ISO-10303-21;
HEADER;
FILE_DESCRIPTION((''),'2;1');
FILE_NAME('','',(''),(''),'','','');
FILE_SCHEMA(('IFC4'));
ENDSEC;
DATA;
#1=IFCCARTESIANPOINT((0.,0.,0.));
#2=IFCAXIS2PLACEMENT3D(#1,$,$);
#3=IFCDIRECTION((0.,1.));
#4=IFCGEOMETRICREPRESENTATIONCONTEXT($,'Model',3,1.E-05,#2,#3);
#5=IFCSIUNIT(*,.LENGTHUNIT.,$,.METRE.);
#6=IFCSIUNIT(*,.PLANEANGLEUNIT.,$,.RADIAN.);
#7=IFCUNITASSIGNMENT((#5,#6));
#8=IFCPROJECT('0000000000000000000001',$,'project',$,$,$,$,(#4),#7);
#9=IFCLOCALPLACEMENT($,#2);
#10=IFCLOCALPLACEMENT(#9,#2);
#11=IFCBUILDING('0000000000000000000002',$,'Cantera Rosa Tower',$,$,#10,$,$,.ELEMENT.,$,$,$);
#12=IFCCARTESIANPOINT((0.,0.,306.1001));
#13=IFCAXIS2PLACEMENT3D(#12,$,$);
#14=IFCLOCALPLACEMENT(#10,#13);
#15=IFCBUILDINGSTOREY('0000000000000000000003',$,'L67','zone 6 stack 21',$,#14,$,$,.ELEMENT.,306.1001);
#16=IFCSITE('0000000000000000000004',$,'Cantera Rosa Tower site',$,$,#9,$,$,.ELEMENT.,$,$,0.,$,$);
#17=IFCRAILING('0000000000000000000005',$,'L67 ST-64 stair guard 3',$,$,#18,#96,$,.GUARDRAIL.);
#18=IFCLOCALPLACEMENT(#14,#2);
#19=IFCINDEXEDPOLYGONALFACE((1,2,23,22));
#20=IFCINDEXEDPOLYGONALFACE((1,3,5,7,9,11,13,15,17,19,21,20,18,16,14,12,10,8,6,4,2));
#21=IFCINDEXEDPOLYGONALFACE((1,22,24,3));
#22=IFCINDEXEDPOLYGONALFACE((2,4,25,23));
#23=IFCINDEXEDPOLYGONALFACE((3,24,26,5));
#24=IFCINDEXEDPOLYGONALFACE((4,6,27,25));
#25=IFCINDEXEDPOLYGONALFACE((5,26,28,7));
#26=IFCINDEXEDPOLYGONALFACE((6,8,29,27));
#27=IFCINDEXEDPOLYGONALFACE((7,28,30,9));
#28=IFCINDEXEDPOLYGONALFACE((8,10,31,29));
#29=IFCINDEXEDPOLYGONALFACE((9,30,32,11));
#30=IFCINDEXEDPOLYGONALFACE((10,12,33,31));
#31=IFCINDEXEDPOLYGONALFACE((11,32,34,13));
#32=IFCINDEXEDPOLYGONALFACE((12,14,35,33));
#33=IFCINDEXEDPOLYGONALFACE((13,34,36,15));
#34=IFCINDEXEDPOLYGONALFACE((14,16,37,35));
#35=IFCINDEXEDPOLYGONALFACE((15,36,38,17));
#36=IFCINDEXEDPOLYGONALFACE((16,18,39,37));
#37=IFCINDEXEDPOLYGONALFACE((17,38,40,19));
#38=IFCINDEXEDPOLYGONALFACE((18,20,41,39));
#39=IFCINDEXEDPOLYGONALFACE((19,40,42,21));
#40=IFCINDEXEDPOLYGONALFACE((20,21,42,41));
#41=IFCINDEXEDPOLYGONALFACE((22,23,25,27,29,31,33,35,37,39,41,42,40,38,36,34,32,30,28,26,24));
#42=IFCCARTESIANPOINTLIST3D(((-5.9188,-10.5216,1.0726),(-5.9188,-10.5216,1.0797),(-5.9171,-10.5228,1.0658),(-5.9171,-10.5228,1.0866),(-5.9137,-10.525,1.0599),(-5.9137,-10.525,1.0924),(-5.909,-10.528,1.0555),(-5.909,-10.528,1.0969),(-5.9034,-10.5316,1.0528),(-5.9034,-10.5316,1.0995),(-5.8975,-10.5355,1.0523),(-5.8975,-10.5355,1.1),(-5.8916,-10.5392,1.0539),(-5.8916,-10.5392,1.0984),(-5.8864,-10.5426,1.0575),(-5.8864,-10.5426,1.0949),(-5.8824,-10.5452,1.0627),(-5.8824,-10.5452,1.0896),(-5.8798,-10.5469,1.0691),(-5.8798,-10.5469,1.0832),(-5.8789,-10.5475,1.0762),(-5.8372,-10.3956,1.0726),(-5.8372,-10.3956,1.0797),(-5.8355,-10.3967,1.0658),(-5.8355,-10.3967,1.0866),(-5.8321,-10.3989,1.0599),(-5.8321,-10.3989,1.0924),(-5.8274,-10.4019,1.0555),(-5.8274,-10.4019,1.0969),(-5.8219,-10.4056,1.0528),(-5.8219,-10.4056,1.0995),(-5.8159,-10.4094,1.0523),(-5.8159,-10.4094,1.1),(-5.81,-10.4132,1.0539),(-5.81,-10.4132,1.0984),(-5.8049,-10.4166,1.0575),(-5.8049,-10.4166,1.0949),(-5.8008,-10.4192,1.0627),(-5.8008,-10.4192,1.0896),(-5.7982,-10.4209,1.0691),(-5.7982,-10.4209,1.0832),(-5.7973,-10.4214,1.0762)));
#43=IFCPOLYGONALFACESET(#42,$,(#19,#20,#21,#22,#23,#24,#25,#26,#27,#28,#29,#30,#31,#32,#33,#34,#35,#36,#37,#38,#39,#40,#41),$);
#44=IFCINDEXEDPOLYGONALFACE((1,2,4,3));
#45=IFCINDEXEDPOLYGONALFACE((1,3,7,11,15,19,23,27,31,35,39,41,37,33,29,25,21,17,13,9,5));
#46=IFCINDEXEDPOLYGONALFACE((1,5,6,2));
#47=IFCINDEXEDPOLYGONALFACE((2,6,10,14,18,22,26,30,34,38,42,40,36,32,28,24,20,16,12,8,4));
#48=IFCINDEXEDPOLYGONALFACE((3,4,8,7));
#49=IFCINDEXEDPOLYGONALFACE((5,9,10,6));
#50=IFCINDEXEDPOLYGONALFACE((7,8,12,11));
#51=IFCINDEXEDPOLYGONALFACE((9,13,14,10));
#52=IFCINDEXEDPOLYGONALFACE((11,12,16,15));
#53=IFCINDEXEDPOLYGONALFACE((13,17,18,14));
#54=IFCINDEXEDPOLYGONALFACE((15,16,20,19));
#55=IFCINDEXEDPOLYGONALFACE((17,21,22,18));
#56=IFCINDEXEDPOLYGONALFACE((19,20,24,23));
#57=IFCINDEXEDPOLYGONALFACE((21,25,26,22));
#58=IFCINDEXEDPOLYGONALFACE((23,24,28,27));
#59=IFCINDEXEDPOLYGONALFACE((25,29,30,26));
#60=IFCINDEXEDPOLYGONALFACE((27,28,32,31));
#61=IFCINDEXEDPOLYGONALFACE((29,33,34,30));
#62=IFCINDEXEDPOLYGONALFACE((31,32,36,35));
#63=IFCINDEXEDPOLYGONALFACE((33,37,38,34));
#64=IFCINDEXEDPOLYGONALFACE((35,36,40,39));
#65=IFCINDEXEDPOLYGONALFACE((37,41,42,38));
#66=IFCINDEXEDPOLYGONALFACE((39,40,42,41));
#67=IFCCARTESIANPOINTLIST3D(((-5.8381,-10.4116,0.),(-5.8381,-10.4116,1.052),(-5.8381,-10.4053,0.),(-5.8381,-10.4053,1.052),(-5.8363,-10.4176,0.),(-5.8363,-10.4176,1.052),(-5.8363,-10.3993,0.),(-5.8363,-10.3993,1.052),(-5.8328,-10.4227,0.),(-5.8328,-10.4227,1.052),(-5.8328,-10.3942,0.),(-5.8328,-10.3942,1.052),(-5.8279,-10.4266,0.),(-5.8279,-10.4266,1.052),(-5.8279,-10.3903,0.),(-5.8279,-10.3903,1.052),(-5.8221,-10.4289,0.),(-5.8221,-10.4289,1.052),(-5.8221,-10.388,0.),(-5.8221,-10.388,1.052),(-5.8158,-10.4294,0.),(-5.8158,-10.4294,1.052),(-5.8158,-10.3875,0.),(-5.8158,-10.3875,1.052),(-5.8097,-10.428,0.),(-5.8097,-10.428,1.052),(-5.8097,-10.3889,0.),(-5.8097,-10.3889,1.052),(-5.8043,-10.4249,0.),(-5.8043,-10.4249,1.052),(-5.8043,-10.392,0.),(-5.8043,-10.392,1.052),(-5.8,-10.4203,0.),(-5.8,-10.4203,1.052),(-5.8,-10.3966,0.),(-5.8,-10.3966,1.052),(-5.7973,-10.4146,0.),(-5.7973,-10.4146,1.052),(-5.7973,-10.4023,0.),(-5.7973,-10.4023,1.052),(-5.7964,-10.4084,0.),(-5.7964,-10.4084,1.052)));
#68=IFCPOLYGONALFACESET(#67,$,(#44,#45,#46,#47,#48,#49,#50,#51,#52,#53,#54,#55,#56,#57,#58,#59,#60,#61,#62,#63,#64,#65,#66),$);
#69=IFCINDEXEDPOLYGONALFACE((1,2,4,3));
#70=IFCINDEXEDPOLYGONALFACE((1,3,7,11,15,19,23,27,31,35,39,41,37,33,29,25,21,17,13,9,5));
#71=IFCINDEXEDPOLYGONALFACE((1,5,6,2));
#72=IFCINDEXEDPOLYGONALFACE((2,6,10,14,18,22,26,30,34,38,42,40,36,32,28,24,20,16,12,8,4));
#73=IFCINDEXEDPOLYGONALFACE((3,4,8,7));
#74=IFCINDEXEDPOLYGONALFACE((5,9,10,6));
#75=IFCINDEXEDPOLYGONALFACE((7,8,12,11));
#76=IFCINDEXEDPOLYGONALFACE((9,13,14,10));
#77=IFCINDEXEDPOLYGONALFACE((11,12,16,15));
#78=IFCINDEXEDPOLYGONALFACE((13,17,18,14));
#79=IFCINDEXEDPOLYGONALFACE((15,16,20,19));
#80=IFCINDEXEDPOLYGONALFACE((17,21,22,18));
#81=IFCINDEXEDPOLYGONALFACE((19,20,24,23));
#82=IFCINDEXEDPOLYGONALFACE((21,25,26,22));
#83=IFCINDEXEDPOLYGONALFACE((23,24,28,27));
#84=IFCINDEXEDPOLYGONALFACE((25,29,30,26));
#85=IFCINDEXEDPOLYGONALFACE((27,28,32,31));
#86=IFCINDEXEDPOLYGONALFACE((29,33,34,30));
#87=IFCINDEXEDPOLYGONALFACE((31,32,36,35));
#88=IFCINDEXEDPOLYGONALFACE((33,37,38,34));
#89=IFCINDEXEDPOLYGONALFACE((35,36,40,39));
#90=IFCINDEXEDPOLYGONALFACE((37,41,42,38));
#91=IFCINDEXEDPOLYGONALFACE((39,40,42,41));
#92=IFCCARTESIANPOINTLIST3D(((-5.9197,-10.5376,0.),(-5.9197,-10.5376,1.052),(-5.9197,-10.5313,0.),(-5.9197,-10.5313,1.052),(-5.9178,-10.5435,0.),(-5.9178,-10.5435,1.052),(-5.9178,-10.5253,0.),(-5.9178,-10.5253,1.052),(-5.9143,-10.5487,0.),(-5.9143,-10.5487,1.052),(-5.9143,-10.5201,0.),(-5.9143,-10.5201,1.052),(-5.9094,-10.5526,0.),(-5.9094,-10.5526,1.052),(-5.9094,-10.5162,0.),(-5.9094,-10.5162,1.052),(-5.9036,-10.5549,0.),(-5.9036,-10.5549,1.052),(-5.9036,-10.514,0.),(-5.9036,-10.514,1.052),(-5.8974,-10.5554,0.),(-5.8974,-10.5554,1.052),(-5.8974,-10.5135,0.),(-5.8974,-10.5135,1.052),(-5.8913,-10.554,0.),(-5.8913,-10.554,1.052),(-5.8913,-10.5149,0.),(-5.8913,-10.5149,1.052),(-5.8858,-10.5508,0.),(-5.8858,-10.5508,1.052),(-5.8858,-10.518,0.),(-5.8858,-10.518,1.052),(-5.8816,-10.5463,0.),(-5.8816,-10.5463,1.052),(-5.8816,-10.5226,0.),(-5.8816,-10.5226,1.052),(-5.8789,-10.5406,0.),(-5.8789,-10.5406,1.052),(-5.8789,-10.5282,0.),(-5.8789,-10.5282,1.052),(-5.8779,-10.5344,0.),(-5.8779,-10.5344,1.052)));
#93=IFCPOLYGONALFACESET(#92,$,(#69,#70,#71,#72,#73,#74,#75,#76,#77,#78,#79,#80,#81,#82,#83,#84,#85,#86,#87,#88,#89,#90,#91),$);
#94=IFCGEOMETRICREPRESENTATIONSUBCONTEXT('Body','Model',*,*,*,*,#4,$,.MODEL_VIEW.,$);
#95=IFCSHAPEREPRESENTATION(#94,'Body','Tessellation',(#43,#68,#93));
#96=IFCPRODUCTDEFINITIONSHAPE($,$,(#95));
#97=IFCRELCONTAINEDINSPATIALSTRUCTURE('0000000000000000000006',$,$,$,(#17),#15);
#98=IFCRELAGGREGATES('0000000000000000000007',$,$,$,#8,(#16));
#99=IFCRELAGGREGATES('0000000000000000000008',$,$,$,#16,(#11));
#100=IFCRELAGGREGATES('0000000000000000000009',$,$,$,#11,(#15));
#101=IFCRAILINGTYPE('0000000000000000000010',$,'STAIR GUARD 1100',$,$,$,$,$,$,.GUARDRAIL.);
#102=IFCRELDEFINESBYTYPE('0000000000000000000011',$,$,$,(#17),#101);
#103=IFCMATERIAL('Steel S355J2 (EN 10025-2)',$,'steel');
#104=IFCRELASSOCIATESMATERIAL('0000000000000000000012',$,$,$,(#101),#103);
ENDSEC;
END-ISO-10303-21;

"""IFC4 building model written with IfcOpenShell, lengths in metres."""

from ifc_helpers import new_model, si_unit, direction, frame, origin, origin_2d, place, context, subcontext, project, spatial, circle, extrude, material, type_object, element, save


model = new_model("IFC4")

# Units and contexts
model_context = context("Model", 3, precision=1e-05, world=origin(), true_north=direction((0.0, 1.0)))
body_context = subcontext(model_context, "Body", "Model", "MODEL_VIEW")
ifc_project = project(units=[si_unit("LENGTHUNIT", "METRE"), si_unit("PLANEANGLEUNIT", "RADIAN")], contexts=[model_context])

# Site, building, storey
site_placement = place(None, origin())
site = spatial("IfcSite", under=ifc_project, at=site_placement, Name="Cantera Rosa Tower site", CompositionType="ELEMENT", RefElevation=0.0)
building_placement = place(site_placement, origin())
building = spatial("IfcBuilding", under=site, at=building_placement, Name="Cantera Rosa Tower", CompositionType="ELEMENT")
storey_placement = place(building_placement, frame((0.0, 0.0, 306.1001)))
storey = spatial("IfcBuildingStorey", under=building, at=storey_placement, Name="L67", Description="zone 6 stack 21", CompositionType="ELEMENT", Elevation=306.1001)

# Railing
ifc_material_1 = material(Name="Steel S355J2 (EN 10025-2)", Category="steel")
railing_type_1 = type_object("IfcRailingType", Name="STAIR GUARD 1100", PredefinedType="GUARDRAIL", material=ifc_material_1)
railing_1_placement = place(storey_placement, frame((-5.8174, -10.4084, 0.0)))
element("IfcRailing", 1, at=railing_1_placement, inside=storey, type_object=railing_type_1, Name="L67 ST-64 stair guard 3", PredefinedType="GUARDRAIL", context=body_context, shape_type="SweptSolid", body=[
    extrude(circle(Radius=0.0239, at=origin_2d()), frame((0.0, 0.0, 1.0762), z_axis=(-0.543386, -0.839483, 0.0), x_axis=(0.839483, -0.543386, 0.0)), (0.0, 0.0, 1.0), 0.1501),
    extrude(circle(Radius=0.021, at=origin_2d()), origin(), (0.0, 0.0, 1.0), 1.052),
    extrude(circle(Radius=0.021, at=origin_2d()), frame((-0.0815, -0.126, 0.0)), (0.0, 0.0, 1.0), 1.052),
])

save(model, "model.ifc")
